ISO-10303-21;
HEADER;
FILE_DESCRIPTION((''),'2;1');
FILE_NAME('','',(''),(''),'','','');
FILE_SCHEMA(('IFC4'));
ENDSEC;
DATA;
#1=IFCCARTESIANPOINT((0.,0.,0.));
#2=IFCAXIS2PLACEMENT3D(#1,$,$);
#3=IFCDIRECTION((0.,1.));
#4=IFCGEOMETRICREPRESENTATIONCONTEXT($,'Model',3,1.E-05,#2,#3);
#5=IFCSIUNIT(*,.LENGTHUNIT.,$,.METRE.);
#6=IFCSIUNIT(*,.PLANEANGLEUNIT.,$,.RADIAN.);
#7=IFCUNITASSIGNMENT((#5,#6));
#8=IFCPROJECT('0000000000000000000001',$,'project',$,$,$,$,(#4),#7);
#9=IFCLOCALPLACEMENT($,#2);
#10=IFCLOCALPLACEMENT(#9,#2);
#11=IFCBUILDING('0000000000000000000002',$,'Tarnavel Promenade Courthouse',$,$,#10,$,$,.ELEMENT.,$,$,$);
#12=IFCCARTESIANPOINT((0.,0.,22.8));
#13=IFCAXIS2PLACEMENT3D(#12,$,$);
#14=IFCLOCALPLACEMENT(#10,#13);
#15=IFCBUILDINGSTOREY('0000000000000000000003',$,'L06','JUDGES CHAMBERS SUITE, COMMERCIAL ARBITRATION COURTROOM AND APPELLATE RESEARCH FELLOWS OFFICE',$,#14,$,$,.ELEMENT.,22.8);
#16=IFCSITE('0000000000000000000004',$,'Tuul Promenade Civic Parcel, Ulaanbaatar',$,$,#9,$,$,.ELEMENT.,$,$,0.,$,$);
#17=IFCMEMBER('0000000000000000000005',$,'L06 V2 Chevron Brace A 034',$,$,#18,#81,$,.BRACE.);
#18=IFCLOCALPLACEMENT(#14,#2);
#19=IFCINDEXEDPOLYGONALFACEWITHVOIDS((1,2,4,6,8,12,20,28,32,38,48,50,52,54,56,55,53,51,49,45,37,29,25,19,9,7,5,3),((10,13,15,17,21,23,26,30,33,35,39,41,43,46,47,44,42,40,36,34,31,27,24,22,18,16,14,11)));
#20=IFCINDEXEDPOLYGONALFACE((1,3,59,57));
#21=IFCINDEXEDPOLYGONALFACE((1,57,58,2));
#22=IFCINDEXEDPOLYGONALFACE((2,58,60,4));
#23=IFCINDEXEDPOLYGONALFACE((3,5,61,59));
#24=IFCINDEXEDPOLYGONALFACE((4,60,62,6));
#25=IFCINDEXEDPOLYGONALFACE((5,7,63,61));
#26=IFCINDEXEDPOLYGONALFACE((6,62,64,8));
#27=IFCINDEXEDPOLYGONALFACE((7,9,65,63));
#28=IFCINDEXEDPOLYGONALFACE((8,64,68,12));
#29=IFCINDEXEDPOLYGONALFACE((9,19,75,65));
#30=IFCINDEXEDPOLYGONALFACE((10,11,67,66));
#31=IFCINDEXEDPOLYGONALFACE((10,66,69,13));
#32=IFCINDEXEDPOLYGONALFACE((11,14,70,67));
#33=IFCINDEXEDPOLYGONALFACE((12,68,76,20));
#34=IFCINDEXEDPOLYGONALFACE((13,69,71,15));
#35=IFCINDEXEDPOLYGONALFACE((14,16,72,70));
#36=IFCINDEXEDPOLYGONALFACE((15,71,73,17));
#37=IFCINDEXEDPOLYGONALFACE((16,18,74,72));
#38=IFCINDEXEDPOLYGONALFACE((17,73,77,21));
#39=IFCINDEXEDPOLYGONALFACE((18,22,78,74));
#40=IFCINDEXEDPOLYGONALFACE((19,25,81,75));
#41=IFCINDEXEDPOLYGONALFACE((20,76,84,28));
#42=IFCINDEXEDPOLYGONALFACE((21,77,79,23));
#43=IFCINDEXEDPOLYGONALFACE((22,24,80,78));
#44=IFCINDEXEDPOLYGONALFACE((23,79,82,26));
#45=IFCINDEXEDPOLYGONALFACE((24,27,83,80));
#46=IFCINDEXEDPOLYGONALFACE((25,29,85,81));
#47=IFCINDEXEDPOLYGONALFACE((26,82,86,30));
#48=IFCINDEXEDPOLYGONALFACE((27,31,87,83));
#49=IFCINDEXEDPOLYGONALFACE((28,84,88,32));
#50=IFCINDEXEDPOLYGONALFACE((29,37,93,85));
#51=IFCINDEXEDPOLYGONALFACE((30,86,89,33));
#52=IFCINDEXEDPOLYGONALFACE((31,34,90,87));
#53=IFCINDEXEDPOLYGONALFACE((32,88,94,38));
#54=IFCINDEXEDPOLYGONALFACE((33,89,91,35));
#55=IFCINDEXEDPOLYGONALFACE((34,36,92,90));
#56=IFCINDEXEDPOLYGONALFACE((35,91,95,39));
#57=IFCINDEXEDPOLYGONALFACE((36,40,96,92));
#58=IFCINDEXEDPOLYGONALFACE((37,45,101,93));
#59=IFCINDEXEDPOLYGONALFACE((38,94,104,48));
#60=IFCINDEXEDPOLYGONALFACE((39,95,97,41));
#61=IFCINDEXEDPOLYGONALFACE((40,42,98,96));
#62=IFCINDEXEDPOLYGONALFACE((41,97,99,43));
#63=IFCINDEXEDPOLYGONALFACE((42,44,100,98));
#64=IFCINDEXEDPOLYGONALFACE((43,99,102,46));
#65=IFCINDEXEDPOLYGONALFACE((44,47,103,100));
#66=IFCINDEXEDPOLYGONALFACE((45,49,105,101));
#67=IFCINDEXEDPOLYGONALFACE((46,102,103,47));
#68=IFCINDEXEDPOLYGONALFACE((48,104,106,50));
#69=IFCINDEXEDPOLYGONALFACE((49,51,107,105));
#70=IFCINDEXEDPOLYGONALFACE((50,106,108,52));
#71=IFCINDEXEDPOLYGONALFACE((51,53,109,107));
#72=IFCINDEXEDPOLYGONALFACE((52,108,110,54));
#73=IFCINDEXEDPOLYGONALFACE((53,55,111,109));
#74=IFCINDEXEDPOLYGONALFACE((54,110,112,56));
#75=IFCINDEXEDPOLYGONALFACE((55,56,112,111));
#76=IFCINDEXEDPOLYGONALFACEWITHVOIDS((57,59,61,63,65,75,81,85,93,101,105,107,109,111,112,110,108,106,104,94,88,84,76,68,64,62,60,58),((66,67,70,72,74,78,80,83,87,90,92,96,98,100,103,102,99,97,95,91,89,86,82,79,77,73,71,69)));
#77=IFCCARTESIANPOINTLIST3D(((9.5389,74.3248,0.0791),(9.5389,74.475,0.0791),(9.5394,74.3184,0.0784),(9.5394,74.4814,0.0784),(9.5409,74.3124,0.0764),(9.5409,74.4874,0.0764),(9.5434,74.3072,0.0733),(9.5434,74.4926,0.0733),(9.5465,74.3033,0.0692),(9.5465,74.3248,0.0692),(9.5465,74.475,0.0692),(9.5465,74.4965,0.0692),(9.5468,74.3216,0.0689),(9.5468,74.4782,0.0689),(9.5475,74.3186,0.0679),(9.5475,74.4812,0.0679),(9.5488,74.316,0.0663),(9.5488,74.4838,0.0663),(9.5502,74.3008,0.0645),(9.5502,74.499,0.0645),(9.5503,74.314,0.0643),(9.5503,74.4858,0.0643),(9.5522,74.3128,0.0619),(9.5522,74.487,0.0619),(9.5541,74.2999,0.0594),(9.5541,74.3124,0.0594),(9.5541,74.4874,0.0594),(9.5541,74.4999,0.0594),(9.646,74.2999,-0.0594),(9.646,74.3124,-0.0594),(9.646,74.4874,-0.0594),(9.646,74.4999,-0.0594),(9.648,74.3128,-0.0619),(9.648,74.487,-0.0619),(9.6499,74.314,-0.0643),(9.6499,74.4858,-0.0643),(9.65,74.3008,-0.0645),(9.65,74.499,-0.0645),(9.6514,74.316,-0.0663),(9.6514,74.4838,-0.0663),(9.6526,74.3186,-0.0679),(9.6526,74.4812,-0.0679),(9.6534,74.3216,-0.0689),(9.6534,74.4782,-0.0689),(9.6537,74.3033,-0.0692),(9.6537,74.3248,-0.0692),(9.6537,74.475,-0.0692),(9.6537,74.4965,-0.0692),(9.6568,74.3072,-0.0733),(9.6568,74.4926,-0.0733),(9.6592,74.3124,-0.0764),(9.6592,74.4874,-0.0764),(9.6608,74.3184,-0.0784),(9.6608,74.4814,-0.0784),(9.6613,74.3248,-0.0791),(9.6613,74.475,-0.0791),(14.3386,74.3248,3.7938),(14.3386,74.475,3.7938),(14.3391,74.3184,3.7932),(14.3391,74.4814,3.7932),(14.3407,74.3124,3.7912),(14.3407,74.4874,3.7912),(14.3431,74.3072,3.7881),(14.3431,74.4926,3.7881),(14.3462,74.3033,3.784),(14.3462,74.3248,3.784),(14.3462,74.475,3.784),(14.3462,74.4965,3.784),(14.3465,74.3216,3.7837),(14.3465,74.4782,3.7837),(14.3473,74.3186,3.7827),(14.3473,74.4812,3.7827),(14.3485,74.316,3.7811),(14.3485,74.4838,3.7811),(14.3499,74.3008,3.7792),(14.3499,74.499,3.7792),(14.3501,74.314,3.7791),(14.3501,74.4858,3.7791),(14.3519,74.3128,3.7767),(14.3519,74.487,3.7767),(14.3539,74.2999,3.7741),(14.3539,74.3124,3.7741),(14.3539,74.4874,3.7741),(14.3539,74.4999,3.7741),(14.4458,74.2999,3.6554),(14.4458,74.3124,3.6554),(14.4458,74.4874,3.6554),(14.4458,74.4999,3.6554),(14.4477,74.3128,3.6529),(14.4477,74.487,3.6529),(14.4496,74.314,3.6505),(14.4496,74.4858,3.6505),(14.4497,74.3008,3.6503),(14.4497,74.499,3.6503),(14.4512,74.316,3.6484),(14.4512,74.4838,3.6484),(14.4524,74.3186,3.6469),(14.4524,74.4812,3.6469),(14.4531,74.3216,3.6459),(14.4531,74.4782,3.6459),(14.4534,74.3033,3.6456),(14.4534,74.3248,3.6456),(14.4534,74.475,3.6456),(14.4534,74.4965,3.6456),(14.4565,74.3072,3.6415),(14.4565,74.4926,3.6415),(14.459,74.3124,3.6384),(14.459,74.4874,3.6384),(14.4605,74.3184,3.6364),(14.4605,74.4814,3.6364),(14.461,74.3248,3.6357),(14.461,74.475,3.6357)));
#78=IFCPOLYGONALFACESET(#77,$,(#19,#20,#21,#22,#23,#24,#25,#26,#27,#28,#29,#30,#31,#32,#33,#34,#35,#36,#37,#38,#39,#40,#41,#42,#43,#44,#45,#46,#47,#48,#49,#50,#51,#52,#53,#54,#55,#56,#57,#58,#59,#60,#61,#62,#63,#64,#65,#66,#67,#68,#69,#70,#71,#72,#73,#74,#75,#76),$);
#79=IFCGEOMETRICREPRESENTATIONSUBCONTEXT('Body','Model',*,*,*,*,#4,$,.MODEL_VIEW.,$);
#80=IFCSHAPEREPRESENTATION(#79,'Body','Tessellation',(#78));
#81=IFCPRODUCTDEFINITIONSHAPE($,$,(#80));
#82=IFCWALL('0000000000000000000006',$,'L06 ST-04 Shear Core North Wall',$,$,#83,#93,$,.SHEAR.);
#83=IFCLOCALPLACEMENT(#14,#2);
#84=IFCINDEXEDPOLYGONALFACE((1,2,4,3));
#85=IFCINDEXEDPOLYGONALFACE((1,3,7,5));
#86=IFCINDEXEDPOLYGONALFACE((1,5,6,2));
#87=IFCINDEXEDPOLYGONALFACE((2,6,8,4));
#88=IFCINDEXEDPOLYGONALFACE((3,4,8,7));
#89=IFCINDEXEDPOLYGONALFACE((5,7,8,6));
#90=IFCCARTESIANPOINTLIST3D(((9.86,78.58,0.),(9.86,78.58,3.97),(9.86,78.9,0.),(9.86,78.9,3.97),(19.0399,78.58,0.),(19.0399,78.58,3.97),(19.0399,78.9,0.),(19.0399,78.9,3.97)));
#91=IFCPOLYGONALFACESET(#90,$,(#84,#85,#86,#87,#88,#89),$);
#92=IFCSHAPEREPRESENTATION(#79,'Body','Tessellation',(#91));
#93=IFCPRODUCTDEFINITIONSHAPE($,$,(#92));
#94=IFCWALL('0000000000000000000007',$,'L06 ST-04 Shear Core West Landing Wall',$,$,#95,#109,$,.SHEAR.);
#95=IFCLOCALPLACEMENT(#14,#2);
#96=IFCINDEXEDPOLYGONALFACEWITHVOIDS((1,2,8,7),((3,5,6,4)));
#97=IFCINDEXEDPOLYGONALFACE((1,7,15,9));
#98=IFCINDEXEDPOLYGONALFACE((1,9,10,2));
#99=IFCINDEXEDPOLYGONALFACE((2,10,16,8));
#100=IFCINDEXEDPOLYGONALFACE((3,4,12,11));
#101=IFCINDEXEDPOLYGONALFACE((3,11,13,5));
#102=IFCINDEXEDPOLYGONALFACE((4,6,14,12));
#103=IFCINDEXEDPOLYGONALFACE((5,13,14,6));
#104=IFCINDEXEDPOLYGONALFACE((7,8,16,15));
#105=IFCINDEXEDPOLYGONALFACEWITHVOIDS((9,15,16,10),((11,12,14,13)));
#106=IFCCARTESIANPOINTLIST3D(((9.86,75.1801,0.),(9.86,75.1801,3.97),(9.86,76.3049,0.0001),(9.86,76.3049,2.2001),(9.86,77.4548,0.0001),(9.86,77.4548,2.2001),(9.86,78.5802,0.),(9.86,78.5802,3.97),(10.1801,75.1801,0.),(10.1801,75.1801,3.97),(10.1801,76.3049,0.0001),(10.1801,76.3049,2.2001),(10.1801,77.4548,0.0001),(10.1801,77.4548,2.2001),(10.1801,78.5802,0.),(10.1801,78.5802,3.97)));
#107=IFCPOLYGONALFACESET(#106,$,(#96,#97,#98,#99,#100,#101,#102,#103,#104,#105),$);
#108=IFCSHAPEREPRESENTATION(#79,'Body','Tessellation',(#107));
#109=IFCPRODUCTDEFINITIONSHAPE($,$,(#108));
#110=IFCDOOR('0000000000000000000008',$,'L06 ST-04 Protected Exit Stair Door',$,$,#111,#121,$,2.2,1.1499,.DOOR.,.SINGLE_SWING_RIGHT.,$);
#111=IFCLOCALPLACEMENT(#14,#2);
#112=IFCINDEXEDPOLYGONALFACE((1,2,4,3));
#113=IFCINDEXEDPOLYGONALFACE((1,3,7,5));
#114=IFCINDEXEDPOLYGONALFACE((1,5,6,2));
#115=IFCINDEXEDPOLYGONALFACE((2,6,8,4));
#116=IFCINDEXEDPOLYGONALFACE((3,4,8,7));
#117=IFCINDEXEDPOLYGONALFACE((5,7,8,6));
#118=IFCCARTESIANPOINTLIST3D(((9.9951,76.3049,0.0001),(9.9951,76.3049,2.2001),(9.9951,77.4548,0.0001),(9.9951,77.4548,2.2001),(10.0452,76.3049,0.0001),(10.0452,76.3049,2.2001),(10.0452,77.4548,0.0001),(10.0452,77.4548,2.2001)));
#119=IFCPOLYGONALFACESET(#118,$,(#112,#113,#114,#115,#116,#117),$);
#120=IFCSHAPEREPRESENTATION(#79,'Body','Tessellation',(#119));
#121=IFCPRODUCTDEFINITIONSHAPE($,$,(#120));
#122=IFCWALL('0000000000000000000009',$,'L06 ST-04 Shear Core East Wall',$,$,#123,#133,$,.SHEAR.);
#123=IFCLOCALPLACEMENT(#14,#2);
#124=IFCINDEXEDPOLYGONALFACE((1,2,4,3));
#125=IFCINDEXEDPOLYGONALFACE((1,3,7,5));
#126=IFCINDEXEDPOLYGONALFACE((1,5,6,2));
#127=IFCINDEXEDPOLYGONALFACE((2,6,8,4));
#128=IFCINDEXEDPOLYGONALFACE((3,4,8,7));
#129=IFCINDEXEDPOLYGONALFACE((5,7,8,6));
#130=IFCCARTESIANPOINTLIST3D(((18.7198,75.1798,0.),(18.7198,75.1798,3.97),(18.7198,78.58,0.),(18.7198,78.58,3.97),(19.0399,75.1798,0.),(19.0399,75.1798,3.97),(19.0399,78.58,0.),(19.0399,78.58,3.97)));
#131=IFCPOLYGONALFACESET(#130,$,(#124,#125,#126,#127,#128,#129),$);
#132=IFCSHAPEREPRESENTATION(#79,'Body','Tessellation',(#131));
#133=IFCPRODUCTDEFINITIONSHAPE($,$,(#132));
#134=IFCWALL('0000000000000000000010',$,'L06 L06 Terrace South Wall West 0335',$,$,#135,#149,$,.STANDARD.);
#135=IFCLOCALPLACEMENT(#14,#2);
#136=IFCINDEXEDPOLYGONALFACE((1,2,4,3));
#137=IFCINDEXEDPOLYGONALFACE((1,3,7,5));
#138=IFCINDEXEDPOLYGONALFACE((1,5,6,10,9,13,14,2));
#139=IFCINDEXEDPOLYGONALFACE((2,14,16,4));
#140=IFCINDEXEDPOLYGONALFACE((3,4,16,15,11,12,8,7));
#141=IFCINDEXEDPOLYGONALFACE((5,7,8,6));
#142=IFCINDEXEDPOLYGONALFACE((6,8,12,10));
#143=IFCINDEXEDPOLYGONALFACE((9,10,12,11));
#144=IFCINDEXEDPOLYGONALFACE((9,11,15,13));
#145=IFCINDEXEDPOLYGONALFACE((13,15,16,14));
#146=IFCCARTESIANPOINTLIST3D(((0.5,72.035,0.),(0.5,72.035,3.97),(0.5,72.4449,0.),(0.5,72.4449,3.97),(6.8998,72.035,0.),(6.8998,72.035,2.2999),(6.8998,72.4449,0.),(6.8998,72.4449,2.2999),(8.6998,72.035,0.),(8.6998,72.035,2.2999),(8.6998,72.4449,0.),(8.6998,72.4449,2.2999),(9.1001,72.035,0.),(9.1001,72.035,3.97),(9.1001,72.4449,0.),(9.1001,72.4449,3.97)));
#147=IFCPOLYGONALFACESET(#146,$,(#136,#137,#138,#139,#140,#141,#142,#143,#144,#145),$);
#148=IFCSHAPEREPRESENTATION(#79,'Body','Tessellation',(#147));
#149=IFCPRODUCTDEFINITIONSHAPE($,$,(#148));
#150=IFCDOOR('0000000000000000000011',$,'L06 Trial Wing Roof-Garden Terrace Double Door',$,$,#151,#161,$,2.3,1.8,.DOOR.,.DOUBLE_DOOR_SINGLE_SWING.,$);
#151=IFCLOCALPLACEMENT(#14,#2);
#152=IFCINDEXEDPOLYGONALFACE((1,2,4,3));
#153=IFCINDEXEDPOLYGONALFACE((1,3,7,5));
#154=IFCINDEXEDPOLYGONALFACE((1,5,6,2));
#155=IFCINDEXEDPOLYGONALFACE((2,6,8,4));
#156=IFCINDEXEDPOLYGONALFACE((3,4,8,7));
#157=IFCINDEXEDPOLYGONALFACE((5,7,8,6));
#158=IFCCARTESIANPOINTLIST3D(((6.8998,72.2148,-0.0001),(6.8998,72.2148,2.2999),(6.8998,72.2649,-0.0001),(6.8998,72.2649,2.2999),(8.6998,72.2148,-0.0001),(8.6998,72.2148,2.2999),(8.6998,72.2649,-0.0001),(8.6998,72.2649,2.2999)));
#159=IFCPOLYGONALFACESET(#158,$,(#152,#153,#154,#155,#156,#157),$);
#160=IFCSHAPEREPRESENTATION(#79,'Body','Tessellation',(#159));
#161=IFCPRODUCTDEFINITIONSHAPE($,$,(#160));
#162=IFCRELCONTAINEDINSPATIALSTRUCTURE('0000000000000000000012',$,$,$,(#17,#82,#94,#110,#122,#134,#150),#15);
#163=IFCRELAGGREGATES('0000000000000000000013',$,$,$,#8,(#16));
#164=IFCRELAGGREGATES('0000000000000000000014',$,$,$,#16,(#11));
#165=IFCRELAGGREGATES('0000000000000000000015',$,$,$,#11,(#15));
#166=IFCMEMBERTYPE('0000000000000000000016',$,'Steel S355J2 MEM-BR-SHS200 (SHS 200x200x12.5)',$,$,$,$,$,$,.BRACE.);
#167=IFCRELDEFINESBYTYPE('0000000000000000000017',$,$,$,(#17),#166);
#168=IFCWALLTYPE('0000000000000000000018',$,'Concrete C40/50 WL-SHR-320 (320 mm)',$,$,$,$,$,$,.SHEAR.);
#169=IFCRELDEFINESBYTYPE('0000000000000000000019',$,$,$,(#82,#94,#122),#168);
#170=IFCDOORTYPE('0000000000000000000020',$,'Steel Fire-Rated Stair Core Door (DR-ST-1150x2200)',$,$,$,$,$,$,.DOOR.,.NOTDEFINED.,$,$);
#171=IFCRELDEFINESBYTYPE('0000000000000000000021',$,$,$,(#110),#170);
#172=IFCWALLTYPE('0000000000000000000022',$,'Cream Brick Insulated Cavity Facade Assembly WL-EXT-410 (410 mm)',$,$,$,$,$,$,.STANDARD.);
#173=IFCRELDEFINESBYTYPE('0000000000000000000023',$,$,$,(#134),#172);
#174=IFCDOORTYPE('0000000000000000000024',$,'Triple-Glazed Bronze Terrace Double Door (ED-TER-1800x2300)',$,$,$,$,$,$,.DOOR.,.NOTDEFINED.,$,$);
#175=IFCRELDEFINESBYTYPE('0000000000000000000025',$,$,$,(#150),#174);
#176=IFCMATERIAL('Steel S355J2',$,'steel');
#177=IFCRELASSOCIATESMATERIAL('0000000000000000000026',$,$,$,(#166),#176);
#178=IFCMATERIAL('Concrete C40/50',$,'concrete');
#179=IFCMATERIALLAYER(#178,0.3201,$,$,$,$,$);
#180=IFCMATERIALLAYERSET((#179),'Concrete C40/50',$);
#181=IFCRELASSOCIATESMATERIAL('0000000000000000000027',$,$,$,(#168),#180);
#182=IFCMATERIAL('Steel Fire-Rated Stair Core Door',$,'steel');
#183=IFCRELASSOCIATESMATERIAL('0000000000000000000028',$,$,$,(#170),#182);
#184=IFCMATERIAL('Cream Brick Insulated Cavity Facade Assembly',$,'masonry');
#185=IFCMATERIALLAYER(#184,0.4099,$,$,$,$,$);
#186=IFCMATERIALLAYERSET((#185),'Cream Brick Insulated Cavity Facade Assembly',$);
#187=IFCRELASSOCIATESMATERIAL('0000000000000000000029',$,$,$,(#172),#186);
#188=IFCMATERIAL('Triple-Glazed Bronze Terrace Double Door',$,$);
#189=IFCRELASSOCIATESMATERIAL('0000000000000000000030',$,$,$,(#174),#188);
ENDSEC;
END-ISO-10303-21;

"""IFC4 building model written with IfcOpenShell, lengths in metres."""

from ifc_helpers import new_model, si_unit, direction, frame, frame_2d, origin, origin_2d, place, context, subcontext, project, spatial, rectangle, hollow_rectangle, extrude, material, layer, layer_set, material_profile, profile_set, type_object, element, fill, save


model = new_model("IFC4")

# Units and contexts
model_context = context("Model", 3, precision=1e-05, world=origin(), true_north=direction((0.0, 1.0)))
body_context = subcontext(model_context, "Body", "Model", "MODEL_VIEW")
ifc_project = project(units=[si_unit("LENGTHUNIT", "METRE"), si_unit("PLANEANGLEUNIT", "RADIAN")], contexts=[model_context])

# Site, building, storey
site_placement = place(None, origin())
site = spatial("IfcSite", under=ifc_project, at=site_placement, Name="Tuul Promenade Civic Parcel, Ulaanbaatar", CompositionType="ELEMENT", RefElevation=0.0)
building_placement = place(site_placement, origin())
building = spatial("IfcBuilding", under=site, at=building_placement, Name="Tarnavel Promenade Courthouse", CompositionType="ELEMENT")
storey_placement = place(building_placement, frame((0.0, 0.0, 22.8)))
storey = spatial("IfcBuildingStorey", under=building, at=storey_placement, Name="L06", Description="JUDGES CHAMBERS SUITE, COMMERCIAL ARBITRATION COURTROOM AND APPELLATE RESEARCH FELLOWS OFFICE", CompositionType="ELEMENT", Elevation=22.8)

# Shared definitions
ifc_material_1 = material(Name="Concrete C40/50", Category="concrete")

# Shared definitions
ifc_material_2 = material(Name="Steel S355J2", Category="steel")

# Member
ifc_material_profile_1 = material_profile(ifc_material_2, hollow_rectangle(XDim=0.2, YDim=0.2, WallThickness=0.0125, InnerFilletRadius=0.0125, OuterFilletRadius=0.0249, at=origin_2d()), Name="SHS 200x200x12.5")
ifc_profile_set_1 = profile_set([ifc_material_profile_1], Name="Steel S355J2")
member_type = type_object("IfcMemberType", Name="Steel S355J2 MEM-BR-SHS200 (SHS 200x200x12.5)", PredefinedType="BRACE", material=ifc_profile_set_1)
member_placement = place(storey_placement, frame((9.6001, 74.3999, 0.0), z_axis=(0.790814, 0.0, 0.612056), x_axis=(0.0, 1.0, 0.0)))
element("IfcMember", 1, at=member_placement, inside=storey, type_object=member_type, Name="L06 V2 Chevron Brace A 034", PredefinedType="BRACE", context=body_context, shape_type="SweptSolid", body=[
    extrude(hollow_rectangle(XDim=0.2, YDim=0.2, WallThickness=0.0125, InnerFilletRadius=0.0125, OuterFilletRadius=0.0249, at=origin_2d()), origin(), (0.0, 0.0, 1.0), 6.0693),
])

# Wall
ifc_layer_1 = layer(ifc_material_1, 0.3201)
ifc_layer_set_1 = layer_set([ifc_layer_1], Name="Concrete C40/50")
wall_type_1 = type_object("IfcWallType", Name="Concrete C40/50 WL-SHR-320 (320 mm)", PredefinedType="SHEAR", material=ifc_layer_set_1)
wall_1_placement = place(storey_placement, frame((9.8601, 78.74, 0.0), z_axis=(0.0, 0.0, 1.0), x_axis=(1.0, 0.0, 0.0)))
element("IfcWall", 2, at=wall_1_placement, inside=storey, type_object=wall_type_1, Name="L06 ST-04 Shear Core North Wall", PredefinedType="SHEAR", context=body_context, shape_type="SweptSolid", body=[
    extrude(rectangle(XDim=9.1799, YDim=0.3201, at=frame_2d((4.5898, 0.0))), origin(), (0.0, 0.0, 1.0), 3.97),
])

# Wall, opening, door
wall_2_placement = place(storey_placement, frame((10.02, 75.1799, 0.0), z_axis=(0.0, 0.0, 1.0), x_axis=(0.0, 1.0, 0.0)))
wall_2 = element("IfcWall", 3, at=wall_2_placement, inside=storey, type_object=wall_type_1, Name="L06 ST-04 Shear Core West Landing Wall", PredefinedType="SHEAR", context=body_context, shape_type="SweptSolid", body=[
    extrude(rectangle(XDim=3.4001, YDim=0.3201, at=frame_2d((1.7002, 0.0))), origin(), (0.0, 0.0, 1.0), 3.97),
])
opening_1_placement = place(wall_2_placement, frame((1.125, 0.0, 0.0)))
opening_1 = element("IfcOpeningElement", 4, at=opening_1_placement, cuts=wall_2, PredefinedType="OPENING", context=body_context, shape_type="SweptSolid", body=[
    extrude(rectangle(XDim=1.1499, YDim=2.2, at=frame_2d((0.575, 1.1001))), frame((0.0, 0.1699, 0.0), z_axis=(0.0, -1.0, 0.0), x_axis=(1.0, 0.0, 0.0)), (0.0, 0.0, 1.0), 0.3401),
])
ifc_material_3 = material(Name="Steel Fire-Rated Stair Core Door", Category="steel")
door_type_1 = type_object("IfcDoorType", Name="Steel Fire-Rated Stair Core Door (DR-ST-1150x2200)", OperationType="NOTDEFINED", PredefinedType="DOOR", material=ifc_material_3)
door_1_placement = place(opening_1_placement, origin())
door_1 = element("IfcDoor", 5, at=door_1_placement, inside=storey, type_object=door_type_1, Name="L06 ST-04 Protected Exit Stair Door", OperationType="SINGLE_SWING_RIGHT", OverallHeight=2.2, OverallWidth=1.1499, PredefinedType="DOOR", context=body_context, shape_type="SweptSolid", body=[
    extrude(rectangle(XDim=1.1499, YDim=2.2, at=frame_2d((0.575, 1.1001))), frame((0.0, 0.0249, 0.0), z_axis=(0.0, -1.0, 0.0), x_axis=(1.0, 0.0, 0.0)), (0.0, 0.0, 1.0), 0.05),
])
fill(opening_1, door_1)

# Wall
wall_3_placement = place(storey_placement, frame((18.8799, 78.5801, 0.0), z_axis=(0.0, 0.0, 1.0), x_axis=(0.0, -1.0, 0.0)))
element("IfcWall", 6, at=wall_3_placement, inside=storey, type_object=wall_type_1, Name="L06 ST-04 Shear Core East Wall", PredefinedType="SHEAR", context=body_context, shape_type="SweptSolid", body=[
    extrude(rectangle(XDim=3.4001, YDim=0.3201, at=frame_2d((1.7002, 0.0))), origin(), (0.0, 0.0, 1.0), 3.97),
])

# Wall, opening, door
ifc_material_4 = material(Name="Cream Brick Insulated Cavity Facade Assembly", Category="masonry")
ifc_layer_2 = layer(ifc_material_4, 0.4099)
ifc_layer_set_2 = layer_set([ifc_layer_2], Name="Cream Brick Insulated Cavity Facade Assembly")
wall_type_2 = type_object("IfcWallType", Name="Cream Brick Insulated Cavity Facade Assembly WL-EXT-410 (410 mm)", PredefinedType="STANDARD", material=ifc_layer_set_2)
wall_4_placement = place(storey_placement, frame((0.5, 72.24, 0.0), z_axis=(0.0, 0.0, 1.0), x_axis=(1.0, 0.0, 0.0)))
wall_4 = element("IfcWall", 7, at=wall_4_placement, inside=storey, type_object=wall_type_2, Name="L06 L06 Terrace South Wall West 0335", PredefinedType="STANDARD", context=body_context, shape_type="SweptSolid", body=[
    extrude(rectangle(XDim=8.6001, YDim=0.4099, at=frame_2d((4.3, 0.0))), origin(), (0.0, 0.0, 1.0), 3.97),
])
opening_2_placement = place(wall_4_placement, frame((6.3999, 0.0, 0.0)))
opening_2 = element("IfcOpeningElement", 8, at=opening_2_placement, cuts=wall_4, PredefinedType="OPENING", context=body_context, shape_type="SweptSolid", body=[
    extrude(rectangle(XDim=1.8, YDim=2.3, at=frame_2d((0.8999, 1.1499))), frame((0.0, 0.2148, 0.0), z_axis=(0.0, -1.0, 0.0), x_axis=(1.0, 0.0, 0.0)), (0.0, 0.0, 1.0), 0.4299),
])
ifc_material_5 = material(Name="Triple-Glazed Bronze Terrace Double Door")
door_type_2 = type_object("IfcDoorType", Name="Triple-Glazed Bronze Terrace Double Door (ED-TER-1800x2300)", OperationType="NOTDEFINED", PredefinedType="DOOR", material=ifc_material_5)
door_2_placement = place(opening_2_placement, origin())
door_2 = element("IfcDoor", 9, at=door_2_placement, inside=storey, type_object=door_type_2, Name="L06 Trial Wing Roof-Garden Terrace Double Door", OperationType="DOUBLE_DOOR_SINGLE_SWING", OverallHeight=2.3, OverallWidth=1.8, PredefinedType="DOOR", context=body_context, shape_type="SweptSolid", body=[
    extrude(rectangle(XDim=1.8, YDim=2.3, at=frame_2d((0.8999, 1.1499))), frame((0.0, 0.0249, 0.0), z_axis=(0.0, -1.0, 0.0), x_axis=(1.0, 0.0, 0.0)), (0.0, 0.0, 1.0), 0.05),
])
fill(opening_2, door_2)

save(model, "model.ifc")
